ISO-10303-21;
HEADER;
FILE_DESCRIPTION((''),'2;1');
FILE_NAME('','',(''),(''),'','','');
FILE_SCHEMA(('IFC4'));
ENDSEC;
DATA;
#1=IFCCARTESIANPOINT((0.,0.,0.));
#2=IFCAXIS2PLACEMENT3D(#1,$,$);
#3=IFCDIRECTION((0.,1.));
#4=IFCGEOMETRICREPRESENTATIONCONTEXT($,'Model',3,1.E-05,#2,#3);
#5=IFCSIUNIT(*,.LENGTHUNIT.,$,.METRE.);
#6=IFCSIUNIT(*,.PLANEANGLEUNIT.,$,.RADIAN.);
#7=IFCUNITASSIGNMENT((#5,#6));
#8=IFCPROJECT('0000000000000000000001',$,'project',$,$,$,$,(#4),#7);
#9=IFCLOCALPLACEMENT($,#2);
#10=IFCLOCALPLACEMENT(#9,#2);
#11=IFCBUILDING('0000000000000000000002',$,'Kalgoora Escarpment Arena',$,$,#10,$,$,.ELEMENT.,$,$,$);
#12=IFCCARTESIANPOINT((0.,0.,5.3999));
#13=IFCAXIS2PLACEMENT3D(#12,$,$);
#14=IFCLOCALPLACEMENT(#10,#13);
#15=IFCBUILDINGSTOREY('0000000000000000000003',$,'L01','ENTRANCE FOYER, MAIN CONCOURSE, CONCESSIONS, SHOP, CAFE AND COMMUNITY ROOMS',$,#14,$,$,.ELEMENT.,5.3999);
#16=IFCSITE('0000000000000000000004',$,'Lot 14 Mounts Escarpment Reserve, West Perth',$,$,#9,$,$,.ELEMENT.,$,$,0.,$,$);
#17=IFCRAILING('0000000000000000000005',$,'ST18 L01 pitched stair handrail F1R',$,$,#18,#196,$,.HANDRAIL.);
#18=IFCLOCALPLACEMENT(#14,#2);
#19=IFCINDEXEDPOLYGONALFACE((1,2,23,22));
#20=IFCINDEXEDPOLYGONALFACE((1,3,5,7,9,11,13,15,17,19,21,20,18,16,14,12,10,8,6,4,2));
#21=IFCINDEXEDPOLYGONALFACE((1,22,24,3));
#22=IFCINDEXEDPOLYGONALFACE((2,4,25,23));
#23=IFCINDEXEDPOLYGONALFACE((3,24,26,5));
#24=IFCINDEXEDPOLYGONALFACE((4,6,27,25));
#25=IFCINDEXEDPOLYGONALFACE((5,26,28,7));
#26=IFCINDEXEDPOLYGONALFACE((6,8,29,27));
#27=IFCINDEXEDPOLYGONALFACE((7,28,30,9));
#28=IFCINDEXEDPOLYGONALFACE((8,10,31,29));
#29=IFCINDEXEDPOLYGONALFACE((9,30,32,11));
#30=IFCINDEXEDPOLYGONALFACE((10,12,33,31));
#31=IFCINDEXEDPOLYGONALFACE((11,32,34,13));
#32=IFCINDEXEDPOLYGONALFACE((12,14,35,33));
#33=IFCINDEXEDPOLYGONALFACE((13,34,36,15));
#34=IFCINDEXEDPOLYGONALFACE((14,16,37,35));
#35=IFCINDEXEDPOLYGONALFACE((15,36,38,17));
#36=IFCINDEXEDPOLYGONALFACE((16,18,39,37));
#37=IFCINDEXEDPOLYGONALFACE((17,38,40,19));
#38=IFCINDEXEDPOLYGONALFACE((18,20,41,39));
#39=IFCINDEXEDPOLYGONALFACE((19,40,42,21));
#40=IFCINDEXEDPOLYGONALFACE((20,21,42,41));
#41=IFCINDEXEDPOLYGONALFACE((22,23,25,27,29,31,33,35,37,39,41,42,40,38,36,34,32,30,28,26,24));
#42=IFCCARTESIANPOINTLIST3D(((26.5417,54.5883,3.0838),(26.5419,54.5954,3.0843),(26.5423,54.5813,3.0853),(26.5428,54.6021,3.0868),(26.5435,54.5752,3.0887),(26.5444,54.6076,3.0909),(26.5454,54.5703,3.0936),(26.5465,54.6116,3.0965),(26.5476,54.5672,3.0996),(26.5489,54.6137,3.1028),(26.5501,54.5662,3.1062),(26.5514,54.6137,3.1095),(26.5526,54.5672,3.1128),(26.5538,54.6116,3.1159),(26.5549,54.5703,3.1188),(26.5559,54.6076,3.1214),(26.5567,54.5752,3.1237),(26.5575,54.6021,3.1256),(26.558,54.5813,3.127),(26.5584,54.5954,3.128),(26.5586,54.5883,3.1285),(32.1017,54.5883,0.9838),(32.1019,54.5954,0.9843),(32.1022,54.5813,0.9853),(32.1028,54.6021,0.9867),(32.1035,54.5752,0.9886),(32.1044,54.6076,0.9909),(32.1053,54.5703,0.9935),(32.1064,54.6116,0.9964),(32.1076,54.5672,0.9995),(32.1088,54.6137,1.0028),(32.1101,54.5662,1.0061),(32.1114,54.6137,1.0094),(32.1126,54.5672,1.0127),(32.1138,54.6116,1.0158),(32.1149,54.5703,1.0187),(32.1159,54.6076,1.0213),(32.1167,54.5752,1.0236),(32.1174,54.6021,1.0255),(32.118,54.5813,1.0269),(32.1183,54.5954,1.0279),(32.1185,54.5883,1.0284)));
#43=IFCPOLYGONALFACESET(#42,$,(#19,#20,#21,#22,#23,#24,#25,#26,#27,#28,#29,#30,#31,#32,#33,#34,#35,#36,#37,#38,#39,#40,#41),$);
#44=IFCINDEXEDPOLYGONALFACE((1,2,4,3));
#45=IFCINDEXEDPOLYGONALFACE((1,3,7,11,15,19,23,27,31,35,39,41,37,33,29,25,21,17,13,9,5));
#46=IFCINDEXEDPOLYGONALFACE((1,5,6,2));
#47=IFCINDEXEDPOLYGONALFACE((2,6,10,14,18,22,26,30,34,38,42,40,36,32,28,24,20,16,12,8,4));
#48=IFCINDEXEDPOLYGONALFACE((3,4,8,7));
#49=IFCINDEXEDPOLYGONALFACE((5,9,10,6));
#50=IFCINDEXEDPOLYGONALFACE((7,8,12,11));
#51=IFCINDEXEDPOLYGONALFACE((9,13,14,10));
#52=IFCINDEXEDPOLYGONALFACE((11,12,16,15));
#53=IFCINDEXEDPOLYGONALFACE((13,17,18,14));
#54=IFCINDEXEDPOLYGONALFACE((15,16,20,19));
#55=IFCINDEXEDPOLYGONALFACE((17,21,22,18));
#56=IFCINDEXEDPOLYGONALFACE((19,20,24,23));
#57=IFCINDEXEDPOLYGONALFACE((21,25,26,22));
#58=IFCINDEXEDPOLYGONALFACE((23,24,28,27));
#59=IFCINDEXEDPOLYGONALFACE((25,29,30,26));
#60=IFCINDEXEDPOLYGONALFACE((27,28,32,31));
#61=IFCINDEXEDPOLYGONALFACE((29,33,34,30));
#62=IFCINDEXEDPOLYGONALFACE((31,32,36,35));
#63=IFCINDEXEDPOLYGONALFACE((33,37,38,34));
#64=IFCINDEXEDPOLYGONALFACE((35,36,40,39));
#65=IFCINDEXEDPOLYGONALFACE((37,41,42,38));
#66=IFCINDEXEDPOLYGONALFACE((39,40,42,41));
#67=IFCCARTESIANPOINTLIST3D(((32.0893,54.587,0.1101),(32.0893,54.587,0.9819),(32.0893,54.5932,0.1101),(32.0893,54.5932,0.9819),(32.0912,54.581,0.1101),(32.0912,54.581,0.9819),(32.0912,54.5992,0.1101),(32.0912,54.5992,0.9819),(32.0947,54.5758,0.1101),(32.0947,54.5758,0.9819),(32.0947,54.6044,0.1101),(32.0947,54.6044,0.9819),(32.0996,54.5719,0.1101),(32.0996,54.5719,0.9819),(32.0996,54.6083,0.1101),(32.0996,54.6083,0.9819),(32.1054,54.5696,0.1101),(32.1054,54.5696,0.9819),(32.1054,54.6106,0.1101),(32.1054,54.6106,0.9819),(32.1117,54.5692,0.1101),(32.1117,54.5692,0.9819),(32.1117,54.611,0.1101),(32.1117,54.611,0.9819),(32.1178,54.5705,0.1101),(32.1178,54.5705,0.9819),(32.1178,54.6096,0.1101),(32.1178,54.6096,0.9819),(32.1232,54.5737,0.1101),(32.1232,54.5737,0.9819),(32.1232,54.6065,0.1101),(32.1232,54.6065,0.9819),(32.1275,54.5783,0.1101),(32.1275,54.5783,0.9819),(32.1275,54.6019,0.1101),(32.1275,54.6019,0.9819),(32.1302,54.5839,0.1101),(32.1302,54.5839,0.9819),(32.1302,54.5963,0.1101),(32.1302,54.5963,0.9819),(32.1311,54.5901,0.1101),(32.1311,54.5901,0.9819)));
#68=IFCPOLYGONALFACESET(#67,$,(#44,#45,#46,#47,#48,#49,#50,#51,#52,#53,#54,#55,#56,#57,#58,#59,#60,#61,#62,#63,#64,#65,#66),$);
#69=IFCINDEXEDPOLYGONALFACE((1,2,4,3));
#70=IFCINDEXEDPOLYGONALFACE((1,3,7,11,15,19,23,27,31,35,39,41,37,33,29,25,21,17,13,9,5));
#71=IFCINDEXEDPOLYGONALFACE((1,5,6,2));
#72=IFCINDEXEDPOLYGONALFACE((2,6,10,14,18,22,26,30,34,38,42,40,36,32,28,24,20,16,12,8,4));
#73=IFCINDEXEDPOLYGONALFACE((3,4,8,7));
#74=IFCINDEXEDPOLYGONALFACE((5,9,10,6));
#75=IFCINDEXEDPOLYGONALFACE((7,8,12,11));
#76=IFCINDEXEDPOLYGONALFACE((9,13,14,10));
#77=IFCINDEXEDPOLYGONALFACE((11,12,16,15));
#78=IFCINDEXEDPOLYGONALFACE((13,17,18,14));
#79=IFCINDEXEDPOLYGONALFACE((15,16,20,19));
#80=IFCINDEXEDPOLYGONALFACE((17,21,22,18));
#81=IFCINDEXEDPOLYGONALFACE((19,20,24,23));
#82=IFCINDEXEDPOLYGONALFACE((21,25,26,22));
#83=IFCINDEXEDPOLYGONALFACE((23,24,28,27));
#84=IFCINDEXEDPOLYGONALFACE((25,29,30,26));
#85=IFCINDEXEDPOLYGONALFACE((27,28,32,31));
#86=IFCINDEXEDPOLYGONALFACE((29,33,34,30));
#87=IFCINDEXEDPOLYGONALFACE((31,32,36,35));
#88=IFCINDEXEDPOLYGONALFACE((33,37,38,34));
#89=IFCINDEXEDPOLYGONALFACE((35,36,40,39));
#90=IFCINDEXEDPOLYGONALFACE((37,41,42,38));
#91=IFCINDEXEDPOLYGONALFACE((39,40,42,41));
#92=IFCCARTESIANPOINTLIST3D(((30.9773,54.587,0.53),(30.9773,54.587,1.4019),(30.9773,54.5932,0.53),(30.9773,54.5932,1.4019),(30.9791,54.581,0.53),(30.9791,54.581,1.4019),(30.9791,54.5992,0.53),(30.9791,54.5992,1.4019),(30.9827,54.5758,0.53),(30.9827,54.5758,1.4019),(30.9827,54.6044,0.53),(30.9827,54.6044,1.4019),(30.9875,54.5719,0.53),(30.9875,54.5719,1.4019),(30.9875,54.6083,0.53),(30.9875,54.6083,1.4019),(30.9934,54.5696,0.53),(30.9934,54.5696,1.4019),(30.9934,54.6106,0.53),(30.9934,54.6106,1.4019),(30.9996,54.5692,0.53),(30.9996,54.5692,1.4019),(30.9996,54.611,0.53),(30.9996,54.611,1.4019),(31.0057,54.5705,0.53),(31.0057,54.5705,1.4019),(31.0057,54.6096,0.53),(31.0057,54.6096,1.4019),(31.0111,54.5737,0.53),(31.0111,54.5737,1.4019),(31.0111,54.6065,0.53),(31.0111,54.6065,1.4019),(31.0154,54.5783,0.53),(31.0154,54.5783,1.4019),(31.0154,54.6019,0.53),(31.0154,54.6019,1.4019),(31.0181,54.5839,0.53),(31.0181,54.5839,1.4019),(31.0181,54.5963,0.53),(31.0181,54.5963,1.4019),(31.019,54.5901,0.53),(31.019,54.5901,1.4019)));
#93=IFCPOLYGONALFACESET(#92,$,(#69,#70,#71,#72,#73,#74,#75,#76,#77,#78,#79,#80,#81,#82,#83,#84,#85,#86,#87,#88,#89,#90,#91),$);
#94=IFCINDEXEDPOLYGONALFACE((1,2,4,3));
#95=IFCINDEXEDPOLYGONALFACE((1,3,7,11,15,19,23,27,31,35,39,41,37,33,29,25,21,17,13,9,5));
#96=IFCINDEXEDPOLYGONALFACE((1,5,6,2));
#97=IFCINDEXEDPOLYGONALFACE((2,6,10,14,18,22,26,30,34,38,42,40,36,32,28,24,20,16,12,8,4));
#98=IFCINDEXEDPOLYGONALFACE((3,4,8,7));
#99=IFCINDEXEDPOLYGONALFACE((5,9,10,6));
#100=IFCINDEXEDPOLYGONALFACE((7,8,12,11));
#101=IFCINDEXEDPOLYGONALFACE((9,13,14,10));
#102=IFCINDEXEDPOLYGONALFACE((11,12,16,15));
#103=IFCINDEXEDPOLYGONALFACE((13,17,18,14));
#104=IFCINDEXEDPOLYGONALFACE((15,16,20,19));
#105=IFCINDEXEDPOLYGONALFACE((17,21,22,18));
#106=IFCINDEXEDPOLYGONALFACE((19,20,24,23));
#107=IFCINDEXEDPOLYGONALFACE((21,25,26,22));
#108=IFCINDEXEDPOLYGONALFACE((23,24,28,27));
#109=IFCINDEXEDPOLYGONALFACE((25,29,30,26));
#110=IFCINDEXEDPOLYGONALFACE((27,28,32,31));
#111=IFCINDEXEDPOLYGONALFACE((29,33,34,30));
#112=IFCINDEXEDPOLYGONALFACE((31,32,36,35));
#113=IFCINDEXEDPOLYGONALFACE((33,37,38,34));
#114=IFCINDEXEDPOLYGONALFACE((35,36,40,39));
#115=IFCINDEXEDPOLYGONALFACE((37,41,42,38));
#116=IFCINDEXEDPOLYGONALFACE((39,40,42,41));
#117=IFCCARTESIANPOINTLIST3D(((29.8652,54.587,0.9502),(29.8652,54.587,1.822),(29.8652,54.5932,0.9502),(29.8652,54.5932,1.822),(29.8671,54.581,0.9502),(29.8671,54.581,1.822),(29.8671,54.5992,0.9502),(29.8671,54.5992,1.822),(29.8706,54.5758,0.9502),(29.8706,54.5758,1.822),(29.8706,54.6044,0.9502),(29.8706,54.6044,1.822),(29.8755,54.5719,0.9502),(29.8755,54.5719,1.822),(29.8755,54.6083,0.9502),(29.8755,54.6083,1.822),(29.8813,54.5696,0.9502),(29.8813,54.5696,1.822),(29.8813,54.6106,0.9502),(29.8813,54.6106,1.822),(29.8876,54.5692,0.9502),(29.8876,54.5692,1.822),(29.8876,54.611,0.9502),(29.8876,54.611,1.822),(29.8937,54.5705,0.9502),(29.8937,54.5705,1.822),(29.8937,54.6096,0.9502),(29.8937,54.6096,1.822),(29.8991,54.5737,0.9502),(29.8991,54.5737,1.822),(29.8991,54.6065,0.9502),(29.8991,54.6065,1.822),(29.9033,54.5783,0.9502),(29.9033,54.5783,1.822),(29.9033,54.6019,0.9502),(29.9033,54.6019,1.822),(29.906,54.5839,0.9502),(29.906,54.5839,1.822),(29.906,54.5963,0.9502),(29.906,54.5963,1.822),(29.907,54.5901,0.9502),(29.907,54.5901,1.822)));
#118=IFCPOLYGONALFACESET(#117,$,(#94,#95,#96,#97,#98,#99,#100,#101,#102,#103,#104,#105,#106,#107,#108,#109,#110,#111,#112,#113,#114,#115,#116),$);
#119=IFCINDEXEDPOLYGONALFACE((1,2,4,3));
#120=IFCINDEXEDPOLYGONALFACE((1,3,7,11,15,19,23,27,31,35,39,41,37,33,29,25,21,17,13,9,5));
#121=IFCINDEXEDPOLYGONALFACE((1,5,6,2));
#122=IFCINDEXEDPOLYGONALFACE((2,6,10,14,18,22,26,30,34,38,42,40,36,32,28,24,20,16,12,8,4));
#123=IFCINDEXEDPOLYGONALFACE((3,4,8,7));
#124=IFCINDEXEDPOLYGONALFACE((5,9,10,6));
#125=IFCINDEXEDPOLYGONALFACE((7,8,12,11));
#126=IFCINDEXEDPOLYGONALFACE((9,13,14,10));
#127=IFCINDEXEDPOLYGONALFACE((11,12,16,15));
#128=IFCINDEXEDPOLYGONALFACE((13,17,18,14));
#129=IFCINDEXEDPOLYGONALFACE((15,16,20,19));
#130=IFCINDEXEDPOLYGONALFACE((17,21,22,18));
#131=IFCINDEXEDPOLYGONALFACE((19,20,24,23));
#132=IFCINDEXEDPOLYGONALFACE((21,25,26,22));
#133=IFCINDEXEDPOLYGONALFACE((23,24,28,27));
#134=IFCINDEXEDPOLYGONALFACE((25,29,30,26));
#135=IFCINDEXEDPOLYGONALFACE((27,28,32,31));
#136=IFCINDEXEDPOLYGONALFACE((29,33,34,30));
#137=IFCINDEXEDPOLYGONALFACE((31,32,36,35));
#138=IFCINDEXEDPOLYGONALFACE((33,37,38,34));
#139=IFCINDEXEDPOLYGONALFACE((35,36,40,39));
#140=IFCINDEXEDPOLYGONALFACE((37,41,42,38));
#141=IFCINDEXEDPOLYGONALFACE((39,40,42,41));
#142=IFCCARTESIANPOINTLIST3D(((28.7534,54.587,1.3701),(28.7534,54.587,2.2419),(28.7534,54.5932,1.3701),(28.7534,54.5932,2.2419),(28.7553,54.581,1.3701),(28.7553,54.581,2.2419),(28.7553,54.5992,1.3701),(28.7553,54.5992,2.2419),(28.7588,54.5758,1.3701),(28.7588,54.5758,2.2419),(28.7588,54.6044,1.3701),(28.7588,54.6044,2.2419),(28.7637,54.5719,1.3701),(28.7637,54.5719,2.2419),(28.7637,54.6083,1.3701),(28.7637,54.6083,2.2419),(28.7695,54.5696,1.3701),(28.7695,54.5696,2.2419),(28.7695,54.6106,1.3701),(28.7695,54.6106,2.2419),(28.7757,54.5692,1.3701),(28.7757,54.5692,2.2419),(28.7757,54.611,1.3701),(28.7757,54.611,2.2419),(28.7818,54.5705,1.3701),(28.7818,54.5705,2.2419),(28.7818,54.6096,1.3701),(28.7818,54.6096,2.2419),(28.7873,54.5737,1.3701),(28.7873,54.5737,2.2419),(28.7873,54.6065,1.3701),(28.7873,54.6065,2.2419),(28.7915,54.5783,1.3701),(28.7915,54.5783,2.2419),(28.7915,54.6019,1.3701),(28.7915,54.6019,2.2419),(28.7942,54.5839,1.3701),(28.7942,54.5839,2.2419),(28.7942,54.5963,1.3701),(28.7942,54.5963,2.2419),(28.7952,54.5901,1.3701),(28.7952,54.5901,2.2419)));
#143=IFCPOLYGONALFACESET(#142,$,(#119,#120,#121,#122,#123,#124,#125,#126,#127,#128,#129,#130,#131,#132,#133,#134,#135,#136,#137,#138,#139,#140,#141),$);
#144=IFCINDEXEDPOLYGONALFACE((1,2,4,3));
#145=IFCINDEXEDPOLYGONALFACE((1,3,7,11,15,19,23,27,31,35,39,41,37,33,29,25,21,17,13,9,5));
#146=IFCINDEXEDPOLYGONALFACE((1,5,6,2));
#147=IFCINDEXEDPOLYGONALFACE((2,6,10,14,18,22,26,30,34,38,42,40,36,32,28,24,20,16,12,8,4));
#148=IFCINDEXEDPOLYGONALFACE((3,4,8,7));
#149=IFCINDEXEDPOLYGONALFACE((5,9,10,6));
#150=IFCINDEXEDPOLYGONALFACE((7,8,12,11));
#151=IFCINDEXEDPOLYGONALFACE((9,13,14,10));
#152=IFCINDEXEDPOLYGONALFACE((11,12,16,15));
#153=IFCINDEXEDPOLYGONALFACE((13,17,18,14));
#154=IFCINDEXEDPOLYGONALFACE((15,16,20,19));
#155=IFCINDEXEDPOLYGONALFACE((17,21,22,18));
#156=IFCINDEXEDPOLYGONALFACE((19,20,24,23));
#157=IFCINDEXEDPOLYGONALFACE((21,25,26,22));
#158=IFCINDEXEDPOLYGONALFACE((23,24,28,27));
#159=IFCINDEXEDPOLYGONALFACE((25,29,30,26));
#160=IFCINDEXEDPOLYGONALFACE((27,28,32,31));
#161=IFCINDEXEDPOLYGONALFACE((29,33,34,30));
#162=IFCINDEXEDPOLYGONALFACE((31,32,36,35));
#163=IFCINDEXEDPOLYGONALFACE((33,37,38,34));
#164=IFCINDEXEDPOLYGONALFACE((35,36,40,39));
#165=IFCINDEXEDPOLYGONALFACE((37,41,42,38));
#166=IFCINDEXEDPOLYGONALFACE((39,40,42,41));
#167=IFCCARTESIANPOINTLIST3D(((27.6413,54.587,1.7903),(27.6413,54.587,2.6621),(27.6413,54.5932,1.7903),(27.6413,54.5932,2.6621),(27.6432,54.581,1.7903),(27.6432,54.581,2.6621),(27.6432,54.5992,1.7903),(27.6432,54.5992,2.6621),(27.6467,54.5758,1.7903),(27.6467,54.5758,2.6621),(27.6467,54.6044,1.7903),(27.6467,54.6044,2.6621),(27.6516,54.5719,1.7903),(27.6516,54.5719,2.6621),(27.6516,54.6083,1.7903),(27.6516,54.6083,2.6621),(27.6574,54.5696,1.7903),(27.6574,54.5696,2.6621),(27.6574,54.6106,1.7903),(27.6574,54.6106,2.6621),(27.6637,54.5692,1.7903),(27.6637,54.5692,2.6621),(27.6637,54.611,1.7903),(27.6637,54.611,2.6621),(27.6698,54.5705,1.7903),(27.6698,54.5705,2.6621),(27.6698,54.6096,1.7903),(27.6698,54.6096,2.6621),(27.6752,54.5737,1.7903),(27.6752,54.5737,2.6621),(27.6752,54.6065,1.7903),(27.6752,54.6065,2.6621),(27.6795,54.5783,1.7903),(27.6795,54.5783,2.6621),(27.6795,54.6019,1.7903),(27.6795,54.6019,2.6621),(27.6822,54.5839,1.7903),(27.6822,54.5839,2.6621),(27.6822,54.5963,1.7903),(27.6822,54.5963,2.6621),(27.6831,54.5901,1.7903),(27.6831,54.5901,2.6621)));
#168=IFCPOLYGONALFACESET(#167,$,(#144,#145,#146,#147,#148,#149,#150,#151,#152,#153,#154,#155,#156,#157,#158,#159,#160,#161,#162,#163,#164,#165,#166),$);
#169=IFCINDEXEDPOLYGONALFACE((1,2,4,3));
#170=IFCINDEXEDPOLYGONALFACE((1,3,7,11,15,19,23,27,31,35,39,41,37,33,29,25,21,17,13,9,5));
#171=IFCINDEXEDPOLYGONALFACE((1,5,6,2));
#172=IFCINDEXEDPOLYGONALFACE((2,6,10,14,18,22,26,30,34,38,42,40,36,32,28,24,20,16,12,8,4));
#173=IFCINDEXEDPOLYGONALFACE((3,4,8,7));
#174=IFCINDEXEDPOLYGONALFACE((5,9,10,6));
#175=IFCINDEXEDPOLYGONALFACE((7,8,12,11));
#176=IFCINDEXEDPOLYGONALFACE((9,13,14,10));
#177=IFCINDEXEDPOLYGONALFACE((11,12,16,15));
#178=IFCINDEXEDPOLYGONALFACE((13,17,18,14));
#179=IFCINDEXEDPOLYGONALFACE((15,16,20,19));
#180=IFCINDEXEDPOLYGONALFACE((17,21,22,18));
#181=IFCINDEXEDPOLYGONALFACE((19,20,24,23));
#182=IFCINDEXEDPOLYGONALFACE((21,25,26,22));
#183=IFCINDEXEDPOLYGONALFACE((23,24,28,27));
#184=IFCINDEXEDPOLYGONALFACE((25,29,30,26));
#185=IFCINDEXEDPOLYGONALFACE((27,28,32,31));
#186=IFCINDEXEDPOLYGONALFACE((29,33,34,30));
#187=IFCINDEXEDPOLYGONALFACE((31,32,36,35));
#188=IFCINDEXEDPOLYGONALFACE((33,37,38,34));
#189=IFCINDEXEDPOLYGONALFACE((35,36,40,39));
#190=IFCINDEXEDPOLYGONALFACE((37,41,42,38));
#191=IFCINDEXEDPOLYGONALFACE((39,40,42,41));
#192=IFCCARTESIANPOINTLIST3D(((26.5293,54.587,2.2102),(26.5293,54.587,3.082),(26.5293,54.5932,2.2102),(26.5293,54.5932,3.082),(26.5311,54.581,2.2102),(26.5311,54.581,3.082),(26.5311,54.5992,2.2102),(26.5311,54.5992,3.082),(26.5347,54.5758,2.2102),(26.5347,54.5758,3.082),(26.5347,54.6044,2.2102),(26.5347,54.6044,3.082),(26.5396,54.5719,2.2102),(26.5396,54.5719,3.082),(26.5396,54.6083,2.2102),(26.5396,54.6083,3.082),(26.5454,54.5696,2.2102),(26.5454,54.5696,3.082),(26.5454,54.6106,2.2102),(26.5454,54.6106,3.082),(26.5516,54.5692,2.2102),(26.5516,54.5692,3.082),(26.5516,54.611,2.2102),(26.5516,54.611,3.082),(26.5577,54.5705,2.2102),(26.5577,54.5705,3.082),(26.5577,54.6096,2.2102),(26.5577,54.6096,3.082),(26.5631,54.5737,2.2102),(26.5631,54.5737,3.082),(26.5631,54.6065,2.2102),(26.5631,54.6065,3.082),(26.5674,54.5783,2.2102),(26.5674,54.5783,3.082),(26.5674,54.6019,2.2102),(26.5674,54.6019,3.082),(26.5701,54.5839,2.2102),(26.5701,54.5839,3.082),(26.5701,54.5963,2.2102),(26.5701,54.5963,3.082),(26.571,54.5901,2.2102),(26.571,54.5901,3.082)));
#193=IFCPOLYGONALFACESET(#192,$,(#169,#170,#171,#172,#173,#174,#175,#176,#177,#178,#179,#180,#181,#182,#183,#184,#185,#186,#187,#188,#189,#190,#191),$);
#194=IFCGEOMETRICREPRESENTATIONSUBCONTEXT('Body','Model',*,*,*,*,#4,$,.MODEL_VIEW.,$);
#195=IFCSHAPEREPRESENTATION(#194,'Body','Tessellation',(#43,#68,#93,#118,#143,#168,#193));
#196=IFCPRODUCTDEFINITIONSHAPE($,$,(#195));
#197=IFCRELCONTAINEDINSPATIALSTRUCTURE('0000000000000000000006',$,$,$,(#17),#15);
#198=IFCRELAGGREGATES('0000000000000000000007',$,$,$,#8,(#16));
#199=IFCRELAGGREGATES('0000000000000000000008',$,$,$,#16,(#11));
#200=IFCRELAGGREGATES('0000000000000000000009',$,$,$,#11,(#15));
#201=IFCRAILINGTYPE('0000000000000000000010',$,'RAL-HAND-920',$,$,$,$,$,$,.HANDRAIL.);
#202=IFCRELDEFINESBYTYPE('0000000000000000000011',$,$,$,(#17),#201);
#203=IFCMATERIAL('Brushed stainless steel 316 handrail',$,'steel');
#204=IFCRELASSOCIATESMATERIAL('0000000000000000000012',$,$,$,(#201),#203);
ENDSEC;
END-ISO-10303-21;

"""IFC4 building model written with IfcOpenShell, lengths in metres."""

from ifc_helpers import new_model, si_unit, direction, frame, origin, origin_2d, place, context, subcontext, project, spatial, circle, extrude, material, type_object, element, save


model = new_model("IFC4")

# Units and contexts
model_context = context("Model", 3, precision=1e-05, world=origin(), true_north=direction((0.0, 1.0)))
body_context = subcontext(model_context, "Body", "Model", "MODEL_VIEW")
ifc_project = project(units=[si_unit("LENGTHUNIT", "METRE"), si_unit("PLANEANGLEUNIT", "RADIAN")], contexts=[model_context])

# Site, building, storey
site_placement = place(None, origin())
site = spatial("IfcSite", under=ifc_project, at=site_placement, Name="Lot 14 Mounts Escarpment Reserve, West Perth", CompositionType="ELEMENT", RefElevation=0.0)
building_placement = place(site_placement, origin())
building = spatial("IfcBuilding", under=site, at=building_placement, Name="Kalgoora Escarpment Arena", CompositionType="ELEMENT")
storey_placement = place(building_placement, frame((0.0, 0.0, 5.3999)))
storey = spatial("IfcBuildingStorey", under=building, at=storey_placement, Name="L01", Description="ENTRANCE FOYER, MAIN CONCOURSE, CONCESSIONS, SHOP, CAFE AND COMMUNITY ROOMS", CompositionType="ELEMENT", Elevation=5.3999)

# Railing
ifc_material_1 = material(Name="Brushed stainless steel 316 handrail", Category="steel")
railing_type_1 = type_object("IfcRailingType", Name="RAL-HAND-920", PredefinedType="HANDRAIL", material=ifc_material_1)
for number, where, name in (
    (1, (32.1101, 54.5901, 0.1101), "ST18 L01 pitched stair handrail F1R"),
):
    element("IfcRailing", number, at=place(storey_placement, frame(where)), inside=storey, type_object=railing_type_1, Name=name, PredefinedType="HANDRAIL", context=body_context, shape_type="SweptSolid", body=[
        extrude(circle(Radius=0.0239, at=origin_2d()), frame((0.0, 0.0, 0.896), z_axis=(-0.935493, 0.0, 0.353346), x_axis=(0.0, -1.0, 0.0)), (0.0, 0.0, 1.0), 5.9434),
        extrude(circle(Radius=0.021, at=origin_2d()), origin(), (0.0, 0.0, 1.0), 0.8718),
        extrude(circle(Radius=0.021, at=origin_2d()), frame((-1.1121, 0.0, 0.4199)), (0.0, 0.0, 1.0), 0.8718),
        extrude(circle(Radius=0.021, at=origin_2d()), frame((-2.2241, 0.0, 0.8401)), (0.0, 0.0, 1.0), 0.8718),
        extrude(circle(Radius=0.021, at=origin_2d()), frame((-3.3359, 0.0, 1.26)), (0.0, 0.0, 1.0), 0.8718),
        extrude(circle(Radius=0.021, at=origin_2d()), frame((-4.448, 0.0, 1.6802)), (0.0, 0.0, 1.0), 0.8718),
        extrude(circle(Radius=0.021, at=origin_2d()), frame((-5.5601, 0.0, 2.1001)), (0.0, 0.0, 1.0), 0.8718),
    ])

save(model, "model.ifc")
